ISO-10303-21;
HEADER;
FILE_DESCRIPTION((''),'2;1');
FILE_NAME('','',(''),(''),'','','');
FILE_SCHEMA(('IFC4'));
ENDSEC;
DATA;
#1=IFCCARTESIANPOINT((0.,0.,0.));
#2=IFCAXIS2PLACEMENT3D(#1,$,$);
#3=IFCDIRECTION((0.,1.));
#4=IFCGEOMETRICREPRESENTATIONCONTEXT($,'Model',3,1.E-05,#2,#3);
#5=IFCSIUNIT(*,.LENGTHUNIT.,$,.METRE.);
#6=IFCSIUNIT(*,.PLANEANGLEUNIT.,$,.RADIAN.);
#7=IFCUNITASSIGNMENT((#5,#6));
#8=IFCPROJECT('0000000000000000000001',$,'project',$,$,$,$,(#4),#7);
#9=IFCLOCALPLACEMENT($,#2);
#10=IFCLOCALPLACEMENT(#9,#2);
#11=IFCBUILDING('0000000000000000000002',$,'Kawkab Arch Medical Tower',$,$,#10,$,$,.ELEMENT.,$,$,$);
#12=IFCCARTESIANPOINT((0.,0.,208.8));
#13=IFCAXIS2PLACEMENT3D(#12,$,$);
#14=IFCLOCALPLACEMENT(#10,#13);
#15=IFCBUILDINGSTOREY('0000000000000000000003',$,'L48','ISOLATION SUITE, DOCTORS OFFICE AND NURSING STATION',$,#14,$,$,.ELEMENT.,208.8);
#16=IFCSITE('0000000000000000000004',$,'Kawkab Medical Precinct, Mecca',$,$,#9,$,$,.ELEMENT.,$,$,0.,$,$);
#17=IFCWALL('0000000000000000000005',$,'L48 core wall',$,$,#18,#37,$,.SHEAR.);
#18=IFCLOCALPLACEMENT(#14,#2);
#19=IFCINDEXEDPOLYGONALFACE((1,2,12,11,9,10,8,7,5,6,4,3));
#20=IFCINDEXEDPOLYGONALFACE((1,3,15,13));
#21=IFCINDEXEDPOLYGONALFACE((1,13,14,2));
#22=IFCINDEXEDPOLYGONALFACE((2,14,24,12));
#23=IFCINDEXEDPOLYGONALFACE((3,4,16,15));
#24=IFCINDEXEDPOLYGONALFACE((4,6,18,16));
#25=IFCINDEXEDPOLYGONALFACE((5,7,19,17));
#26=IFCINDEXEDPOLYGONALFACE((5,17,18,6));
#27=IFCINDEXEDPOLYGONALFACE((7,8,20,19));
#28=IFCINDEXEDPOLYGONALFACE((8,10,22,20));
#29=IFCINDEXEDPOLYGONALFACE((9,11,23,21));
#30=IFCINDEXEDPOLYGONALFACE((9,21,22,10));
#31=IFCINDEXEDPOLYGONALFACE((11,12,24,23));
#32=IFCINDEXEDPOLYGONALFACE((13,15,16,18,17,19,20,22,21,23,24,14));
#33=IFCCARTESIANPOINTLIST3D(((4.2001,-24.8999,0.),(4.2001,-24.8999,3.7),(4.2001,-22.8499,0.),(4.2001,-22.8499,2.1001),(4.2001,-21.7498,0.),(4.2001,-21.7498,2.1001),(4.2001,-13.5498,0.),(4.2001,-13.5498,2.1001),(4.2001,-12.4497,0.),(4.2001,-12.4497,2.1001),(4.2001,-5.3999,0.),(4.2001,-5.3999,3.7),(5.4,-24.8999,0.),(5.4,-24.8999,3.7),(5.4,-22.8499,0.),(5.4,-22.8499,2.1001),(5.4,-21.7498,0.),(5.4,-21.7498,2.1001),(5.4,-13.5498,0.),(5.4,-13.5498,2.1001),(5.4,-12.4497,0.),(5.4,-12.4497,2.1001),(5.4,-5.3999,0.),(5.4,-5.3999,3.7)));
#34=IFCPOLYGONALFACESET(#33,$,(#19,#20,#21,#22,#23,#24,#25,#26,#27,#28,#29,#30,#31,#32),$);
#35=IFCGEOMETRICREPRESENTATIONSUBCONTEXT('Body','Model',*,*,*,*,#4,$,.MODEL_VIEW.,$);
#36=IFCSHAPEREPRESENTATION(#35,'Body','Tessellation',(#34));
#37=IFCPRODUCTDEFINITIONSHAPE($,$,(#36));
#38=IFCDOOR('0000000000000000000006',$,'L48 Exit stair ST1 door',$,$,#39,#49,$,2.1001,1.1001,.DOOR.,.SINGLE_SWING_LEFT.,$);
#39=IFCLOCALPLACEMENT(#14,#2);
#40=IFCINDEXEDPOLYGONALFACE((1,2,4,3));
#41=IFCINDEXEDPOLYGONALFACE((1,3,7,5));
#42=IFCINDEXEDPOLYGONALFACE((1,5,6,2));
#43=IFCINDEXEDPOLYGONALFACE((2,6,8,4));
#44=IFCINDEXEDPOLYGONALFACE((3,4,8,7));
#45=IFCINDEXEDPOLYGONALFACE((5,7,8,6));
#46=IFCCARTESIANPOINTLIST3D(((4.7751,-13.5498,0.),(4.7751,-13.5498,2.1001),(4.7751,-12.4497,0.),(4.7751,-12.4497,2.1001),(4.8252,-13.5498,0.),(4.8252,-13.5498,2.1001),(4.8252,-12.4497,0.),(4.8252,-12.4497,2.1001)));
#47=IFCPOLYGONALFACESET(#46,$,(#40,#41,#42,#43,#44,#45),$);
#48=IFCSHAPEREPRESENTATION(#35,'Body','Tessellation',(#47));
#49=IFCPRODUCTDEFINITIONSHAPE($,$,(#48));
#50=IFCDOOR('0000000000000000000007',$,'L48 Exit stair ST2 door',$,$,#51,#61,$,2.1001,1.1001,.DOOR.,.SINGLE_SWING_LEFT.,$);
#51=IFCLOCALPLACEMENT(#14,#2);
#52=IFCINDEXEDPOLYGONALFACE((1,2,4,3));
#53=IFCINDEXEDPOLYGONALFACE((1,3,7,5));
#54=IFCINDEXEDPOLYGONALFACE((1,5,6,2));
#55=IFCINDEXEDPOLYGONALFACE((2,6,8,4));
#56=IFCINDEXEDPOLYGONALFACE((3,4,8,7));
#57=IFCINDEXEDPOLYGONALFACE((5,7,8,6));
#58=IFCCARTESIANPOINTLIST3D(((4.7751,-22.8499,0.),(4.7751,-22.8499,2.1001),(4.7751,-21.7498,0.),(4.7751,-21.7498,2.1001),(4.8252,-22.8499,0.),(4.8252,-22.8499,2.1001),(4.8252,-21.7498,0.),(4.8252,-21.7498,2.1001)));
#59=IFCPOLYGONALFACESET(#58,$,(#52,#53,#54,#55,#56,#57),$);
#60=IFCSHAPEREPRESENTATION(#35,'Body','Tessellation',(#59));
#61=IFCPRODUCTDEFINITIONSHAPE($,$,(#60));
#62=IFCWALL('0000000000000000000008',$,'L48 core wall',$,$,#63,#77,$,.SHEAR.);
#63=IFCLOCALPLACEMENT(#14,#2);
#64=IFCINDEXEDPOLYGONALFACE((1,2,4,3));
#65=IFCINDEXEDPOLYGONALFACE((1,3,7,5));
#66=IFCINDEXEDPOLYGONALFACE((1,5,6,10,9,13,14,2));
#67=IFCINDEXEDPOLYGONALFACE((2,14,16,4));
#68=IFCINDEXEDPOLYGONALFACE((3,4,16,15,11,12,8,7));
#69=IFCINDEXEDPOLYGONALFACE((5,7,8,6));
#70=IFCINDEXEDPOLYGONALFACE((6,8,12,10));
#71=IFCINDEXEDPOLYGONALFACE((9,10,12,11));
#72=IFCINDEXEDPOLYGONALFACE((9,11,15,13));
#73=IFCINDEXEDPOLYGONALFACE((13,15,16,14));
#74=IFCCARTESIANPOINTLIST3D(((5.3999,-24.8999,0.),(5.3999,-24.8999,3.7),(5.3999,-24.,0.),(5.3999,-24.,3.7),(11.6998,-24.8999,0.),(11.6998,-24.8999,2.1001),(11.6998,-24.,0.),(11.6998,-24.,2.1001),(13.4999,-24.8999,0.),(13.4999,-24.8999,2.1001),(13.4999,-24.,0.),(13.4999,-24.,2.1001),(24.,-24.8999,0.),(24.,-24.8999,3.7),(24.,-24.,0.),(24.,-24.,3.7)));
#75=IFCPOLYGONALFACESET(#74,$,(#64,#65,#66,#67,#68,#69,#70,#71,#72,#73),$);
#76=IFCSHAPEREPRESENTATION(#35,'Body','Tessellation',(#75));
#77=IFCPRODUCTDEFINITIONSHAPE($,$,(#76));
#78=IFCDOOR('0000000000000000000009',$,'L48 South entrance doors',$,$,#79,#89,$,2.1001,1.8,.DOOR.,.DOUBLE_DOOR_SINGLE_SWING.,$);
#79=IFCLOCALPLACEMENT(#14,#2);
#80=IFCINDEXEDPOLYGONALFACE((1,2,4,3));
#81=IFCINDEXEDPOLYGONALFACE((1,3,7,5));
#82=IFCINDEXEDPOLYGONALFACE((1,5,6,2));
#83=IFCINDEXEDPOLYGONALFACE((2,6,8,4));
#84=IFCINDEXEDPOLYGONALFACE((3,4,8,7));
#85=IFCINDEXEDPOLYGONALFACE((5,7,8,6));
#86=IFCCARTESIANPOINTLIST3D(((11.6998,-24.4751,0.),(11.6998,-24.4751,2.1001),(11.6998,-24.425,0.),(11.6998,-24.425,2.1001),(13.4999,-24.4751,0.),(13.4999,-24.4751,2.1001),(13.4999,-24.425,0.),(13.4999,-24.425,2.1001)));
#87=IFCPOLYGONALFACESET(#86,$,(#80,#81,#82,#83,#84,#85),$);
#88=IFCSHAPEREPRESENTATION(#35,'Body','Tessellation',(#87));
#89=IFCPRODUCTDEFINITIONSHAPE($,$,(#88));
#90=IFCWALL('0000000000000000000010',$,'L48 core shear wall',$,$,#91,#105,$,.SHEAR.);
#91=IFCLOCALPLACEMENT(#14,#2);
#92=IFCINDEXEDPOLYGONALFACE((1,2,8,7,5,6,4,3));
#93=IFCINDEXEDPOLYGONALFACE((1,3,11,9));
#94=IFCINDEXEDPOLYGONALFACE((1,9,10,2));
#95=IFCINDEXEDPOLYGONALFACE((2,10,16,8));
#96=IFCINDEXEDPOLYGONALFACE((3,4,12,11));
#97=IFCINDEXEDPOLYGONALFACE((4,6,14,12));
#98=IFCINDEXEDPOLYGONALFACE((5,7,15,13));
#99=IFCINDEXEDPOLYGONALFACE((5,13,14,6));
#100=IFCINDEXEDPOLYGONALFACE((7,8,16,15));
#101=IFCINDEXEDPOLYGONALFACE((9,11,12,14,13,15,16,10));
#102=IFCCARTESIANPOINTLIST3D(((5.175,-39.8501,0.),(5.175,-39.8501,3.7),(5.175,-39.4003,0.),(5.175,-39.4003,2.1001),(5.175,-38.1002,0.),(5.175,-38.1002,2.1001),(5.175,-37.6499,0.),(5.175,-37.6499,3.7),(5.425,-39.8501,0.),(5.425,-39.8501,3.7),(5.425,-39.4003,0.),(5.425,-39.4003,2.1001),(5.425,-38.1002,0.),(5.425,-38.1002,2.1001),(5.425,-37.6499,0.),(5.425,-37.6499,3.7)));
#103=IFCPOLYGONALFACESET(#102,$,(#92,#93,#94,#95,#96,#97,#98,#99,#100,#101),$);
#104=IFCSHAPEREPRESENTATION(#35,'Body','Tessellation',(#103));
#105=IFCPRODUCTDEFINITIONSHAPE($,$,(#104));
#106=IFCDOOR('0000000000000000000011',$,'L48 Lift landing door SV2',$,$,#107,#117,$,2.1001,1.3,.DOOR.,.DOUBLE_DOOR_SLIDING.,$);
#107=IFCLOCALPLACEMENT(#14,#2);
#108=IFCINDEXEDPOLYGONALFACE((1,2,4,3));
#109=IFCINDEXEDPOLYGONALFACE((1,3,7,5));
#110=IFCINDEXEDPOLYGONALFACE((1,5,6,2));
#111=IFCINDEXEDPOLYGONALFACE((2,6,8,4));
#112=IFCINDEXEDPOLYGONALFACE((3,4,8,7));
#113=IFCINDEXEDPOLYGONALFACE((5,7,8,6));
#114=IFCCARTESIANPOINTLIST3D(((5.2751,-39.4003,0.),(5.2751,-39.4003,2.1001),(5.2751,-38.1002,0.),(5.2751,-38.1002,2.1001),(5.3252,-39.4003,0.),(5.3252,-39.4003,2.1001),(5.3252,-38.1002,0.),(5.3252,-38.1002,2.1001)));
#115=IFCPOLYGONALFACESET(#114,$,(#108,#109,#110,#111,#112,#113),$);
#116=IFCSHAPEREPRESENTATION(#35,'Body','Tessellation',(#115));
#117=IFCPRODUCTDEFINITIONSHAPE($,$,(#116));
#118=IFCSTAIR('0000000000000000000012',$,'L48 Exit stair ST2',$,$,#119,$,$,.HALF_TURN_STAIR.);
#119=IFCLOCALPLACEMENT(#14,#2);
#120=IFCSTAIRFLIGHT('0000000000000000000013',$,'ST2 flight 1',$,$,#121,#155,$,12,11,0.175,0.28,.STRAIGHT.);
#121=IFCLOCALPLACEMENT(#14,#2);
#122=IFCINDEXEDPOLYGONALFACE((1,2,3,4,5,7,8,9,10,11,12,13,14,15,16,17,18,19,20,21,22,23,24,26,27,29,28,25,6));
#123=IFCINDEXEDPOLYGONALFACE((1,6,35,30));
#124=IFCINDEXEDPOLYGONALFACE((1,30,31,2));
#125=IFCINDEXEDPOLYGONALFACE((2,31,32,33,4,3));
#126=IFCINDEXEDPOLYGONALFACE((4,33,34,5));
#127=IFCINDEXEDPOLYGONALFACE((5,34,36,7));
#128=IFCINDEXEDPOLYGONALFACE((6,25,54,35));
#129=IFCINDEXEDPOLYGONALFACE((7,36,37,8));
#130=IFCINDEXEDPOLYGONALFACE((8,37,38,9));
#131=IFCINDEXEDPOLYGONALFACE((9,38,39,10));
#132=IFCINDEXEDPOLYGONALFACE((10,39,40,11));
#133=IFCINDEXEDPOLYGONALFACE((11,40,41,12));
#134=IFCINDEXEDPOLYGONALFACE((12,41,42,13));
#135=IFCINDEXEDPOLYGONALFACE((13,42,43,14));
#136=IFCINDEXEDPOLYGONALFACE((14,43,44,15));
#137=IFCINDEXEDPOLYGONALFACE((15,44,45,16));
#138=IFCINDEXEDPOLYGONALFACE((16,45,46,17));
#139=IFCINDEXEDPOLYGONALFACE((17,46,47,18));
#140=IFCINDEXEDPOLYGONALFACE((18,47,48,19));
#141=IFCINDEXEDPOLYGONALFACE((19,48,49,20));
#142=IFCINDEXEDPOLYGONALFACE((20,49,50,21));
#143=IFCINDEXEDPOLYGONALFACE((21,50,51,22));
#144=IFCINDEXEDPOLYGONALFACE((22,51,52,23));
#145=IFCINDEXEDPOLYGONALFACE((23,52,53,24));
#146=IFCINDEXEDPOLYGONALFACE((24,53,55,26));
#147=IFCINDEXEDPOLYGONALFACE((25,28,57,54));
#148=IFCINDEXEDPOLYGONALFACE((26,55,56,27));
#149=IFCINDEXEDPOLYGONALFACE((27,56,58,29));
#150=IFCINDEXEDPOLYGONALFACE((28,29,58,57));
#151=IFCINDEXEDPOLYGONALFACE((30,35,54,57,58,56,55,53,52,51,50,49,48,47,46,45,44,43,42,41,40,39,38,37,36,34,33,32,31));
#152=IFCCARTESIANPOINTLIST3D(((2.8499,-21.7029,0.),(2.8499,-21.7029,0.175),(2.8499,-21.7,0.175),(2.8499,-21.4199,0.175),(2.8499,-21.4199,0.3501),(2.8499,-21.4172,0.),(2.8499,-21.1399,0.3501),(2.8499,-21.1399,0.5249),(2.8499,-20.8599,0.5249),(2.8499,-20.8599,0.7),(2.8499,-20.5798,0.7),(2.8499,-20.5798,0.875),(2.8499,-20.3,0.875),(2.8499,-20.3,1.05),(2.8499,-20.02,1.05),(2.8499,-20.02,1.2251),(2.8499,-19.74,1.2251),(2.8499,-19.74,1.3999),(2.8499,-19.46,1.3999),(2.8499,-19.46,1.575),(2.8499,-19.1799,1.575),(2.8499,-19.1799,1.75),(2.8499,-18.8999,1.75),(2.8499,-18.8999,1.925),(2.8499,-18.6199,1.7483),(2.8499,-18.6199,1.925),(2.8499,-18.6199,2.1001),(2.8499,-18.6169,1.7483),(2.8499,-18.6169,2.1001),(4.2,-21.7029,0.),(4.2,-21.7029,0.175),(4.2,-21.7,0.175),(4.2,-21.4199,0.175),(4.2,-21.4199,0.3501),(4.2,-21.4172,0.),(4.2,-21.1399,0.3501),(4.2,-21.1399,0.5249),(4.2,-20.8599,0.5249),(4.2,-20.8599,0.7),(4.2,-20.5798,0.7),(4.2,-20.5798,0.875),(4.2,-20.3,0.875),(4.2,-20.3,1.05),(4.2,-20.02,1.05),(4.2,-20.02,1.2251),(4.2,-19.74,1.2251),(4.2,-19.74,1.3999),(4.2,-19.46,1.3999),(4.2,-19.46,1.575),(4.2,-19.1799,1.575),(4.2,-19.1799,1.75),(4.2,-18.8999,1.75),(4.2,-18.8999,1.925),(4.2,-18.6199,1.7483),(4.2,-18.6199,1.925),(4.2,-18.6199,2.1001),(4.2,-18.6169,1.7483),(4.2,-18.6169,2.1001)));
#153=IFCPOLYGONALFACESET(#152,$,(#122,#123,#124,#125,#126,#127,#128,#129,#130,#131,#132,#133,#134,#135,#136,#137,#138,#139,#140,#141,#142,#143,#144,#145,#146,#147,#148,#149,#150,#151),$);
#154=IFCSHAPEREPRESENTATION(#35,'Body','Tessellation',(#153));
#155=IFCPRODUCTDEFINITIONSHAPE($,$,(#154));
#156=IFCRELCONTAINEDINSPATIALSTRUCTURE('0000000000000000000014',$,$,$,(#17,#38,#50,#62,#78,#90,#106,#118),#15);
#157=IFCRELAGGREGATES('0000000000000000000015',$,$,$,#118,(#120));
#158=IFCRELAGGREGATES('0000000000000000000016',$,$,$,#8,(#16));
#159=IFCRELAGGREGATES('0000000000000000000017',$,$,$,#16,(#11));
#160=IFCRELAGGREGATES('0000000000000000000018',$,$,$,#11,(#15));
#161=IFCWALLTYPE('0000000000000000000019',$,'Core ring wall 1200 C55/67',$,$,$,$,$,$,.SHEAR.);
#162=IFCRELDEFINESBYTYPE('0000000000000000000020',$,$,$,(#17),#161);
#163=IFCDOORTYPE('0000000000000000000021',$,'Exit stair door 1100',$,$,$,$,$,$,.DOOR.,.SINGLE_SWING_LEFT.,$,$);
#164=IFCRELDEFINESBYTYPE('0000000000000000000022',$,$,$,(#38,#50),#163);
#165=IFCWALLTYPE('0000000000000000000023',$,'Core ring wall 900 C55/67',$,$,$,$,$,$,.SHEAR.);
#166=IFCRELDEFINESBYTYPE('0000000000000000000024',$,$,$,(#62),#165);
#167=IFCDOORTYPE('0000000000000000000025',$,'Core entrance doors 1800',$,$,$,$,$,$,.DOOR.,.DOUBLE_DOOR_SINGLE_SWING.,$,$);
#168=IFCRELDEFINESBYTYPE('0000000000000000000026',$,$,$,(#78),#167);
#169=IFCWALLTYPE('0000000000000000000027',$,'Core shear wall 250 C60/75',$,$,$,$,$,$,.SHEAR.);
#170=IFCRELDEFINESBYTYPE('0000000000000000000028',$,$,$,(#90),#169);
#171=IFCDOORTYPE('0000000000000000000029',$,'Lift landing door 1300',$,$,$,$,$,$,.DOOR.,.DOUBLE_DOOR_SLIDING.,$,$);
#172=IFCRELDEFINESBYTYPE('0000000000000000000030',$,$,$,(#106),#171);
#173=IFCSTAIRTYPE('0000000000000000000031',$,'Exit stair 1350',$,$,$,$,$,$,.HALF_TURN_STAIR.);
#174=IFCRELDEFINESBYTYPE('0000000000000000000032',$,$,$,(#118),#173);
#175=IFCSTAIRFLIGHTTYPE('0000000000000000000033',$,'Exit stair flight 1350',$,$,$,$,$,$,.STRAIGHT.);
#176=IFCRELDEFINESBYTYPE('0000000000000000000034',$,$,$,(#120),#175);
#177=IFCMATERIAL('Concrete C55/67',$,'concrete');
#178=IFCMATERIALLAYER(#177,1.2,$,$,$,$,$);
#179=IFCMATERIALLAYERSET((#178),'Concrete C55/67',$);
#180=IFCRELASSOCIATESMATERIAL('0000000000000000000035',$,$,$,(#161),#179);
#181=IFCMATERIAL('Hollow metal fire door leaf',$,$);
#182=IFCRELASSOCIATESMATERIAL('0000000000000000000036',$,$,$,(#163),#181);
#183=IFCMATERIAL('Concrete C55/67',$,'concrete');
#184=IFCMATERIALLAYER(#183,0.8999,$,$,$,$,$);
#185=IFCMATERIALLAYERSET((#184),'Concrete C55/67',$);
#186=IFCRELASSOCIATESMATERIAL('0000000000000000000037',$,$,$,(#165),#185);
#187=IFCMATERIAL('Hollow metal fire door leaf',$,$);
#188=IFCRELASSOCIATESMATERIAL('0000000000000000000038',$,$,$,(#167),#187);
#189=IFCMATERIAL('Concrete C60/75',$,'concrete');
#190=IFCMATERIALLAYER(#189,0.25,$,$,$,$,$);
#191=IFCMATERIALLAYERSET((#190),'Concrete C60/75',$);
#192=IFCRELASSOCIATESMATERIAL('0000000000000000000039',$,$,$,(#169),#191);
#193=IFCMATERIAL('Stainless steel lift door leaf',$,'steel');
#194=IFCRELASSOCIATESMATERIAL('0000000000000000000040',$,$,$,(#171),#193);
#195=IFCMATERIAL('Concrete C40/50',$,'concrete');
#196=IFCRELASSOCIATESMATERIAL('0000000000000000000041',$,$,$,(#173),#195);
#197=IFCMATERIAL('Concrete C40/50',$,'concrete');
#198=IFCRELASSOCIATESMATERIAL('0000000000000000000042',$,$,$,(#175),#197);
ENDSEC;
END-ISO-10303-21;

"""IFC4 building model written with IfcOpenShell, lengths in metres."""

from ifc_helpers import new_model, si_unit, direction, frame, frame_2d, origin, place, context, subcontext, project, spatial, polyline, rectangle, outline, extrude, material, layer, layer_set, type_object, element, fill, aggregate, save


model = new_model("IFC4")

# Units and contexts
model_context = context("Model", 3, precision=1e-05, world=origin(), true_north=direction((0.0, 1.0)))
body_context = subcontext(model_context, "Body", "Model", "MODEL_VIEW")
ifc_project = project(units=[si_unit("LENGTHUNIT", "METRE"), si_unit("PLANEANGLEUNIT", "RADIAN")], contexts=[model_context])

# Site, building, storey
site_placement = place(None, origin())
site = spatial("IfcSite", under=ifc_project, at=site_placement, Name="Kawkab Medical Precinct, Mecca", CompositionType="ELEMENT", RefElevation=0.0)
building_placement = place(site_placement, origin())
building = spatial("IfcBuilding", under=site, at=building_placement, Name="Kawkab Arch Medical Tower", CompositionType="ELEMENT")
storey_placement = place(building_placement, frame((0.0, 0.0, 208.8)))
storey = spatial("IfcBuildingStorey", under=building, at=storey_placement, Name="L48", Description="ISOLATION SUITE, DOCTORS OFFICE AND NURSING STATION", CompositionType="ELEMENT", Elevation=208.8)

# Wall, openings, doors
ifc_material_1 = material(Name="Concrete C55/67", Category="concrete")
ifc_layer_1 = layer(ifc_material_1, 1.2)
ifc_layer_set_1 = layer_set([ifc_layer_1], Name="Concrete C55/67")
wall_type_1 = type_object("IfcWallType", Name="Core ring wall 1200 C55/67", PredefinedType="SHEAR", material=ifc_layer_set_1)
wall_1_placement = place(storey_placement, frame((4.8, -24.8999, 0.0), z_axis=(0.0, 0.0, 1.0), x_axis=(0.0, 1.0, 0.0)))
wall_1 = element("IfcWall", 1, at=wall_1_placement, inside=storey, type_object=wall_type_1, Name="L48 core wall", PredefinedType="SHEAR", context=body_context, shape_type="SweptSolid", body=[
    extrude(rectangle(XDim=19.5, YDim=1.2, at=frame_2d((9.75, 0.0))), origin(), (0.0, 0.0, 1.0), 3.7),
])
opening_1_placement = place(wall_1_placement, frame((11.3501, 0.0, 0.0)))
opening_1 = element("IfcOpeningElement", 2, at=opening_1_placement, cuts=wall_1, PredefinedType="OPENING", context=body_context, shape_type="SweptSolid", body=[
    extrude(rectangle(XDim=1.1001, YDim=2.1001, at=frame_2d((0.55, 1.05))), frame((0.0, 0.6099, 0.0), z_axis=(0.0, -1.0, 0.0), x_axis=(1.0, 0.0, 0.0)), (0.0, 0.0, 1.0), 1.22),
])
opening_2_placement = place(wall_1_placement, frame((2.05, 0.0, 0.0)))
opening_2 = element("IfcOpeningElement", 3, at=opening_2_placement, cuts=wall_1, PredefinedType="OPENING", context=body_context, shape_type="SweptSolid", body=[
    extrude(rectangle(XDim=1.1001, YDim=2.1001, at=frame_2d((0.55, 1.05))), frame((0.0, 0.6099, 0.0), z_axis=(0.0, -1.0, 0.0), x_axis=(1.0, 0.0, 0.0)), (0.0, 0.0, 1.0), 1.22),
])
ifc_material_2 = material(Name="Hollow metal fire door leaf")
door_type_1 = type_object("IfcDoorType", Name="Exit stair door 1100", OperationType="SINGLE_SWING_LEFT", PredefinedType="DOOR", material=ifc_material_2)
door_1_placement = place(opening_1_placement, origin())
door_1 = element("IfcDoor", 4, at=door_1_placement, inside=storey, type_object=door_type_1, Name="L48 Exit stair ST1 door", OperationType="SINGLE_SWING_LEFT", OverallHeight=2.1001, OverallWidth=1.1001, PredefinedType="DOOR", context=body_context, shape_type="SweptSolid", body=[
    extrude(rectangle(XDim=1.1001, YDim=2.1001, at=frame_2d((0.55, 1.05))), frame((0.0, 0.0249, 0.0), z_axis=(0.0, -1.0, 0.0), x_axis=(1.0, 0.0, 0.0)), (0.0, 0.0, 1.0), 0.05),
])
fill(opening_1, door_1)
door_2_placement = place(opening_2_placement, origin())
door_2 = element("IfcDoor", 5, at=door_2_placement, inside=storey, type_object=door_type_1, Name="L48 Exit stair ST2 door", OperationType="SINGLE_SWING_LEFT", OverallHeight=2.1001, OverallWidth=1.1001, PredefinedType="DOOR", context=body_context, shape_type="SweptSolid", body=[
    extrude(rectangle(XDim=1.1001, YDim=2.1001, at=frame_2d((0.55, 1.05))), frame((0.0, 0.0249, 0.0), z_axis=(0.0, -1.0, 0.0), x_axis=(1.0, 0.0, 0.0)), (0.0, 0.0, 1.0), 0.05),
])
fill(opening_2, door_2)

# Walls, openings, doors
ifc_material_3 = material(Name="Concrete C55/67", Category="concrete")
ifc_layer_2 = layer(ifc_material_3, 0.8999)
ifc_layer_set_2 = layer_set([ifc_layer_2], Name="Concrete C55/67")
wall_type_2 = type_object("IfcWallType", Name="Core ring wall 900 C55/67", PredefinedType="SHEAR", material=ifc_layer_set_2)
wall_2_placement = place(storey_placement, frame((5.3999, -24.45, 0.0), z_axis=(0.0, 0.0, 1.0), x_axis=(1.0, 0.0, 0.0)))
wall_2 = element("IfcWall", 6, at=wall_2_placement, inside=storey, type_object=wall_type_2, Name="L48 core wall", PredefinedType="SHEAR", context=body_context, shape_type="SweptSolid", body=[
    extrude(rectangle(XDim=18.6001, YDim=0.8999, at=frame_2d((9.3, 0.0))), origin(), (0.0, 0.0, 1.0), 3.7),
])
opening_3_placement = place(wall_2_placement, frame((6.3, 0.0, 0.0)))
opening_3 = element("IfcOpeningElement", 7, at=opening_3_placement, cuts=wall_2, PredefinedType="OPENING", context=body_context, shape_type="SweptSolid", body=[
    extrude(rectangle(XDim=1.8, YDim=2.1001, at=frame_2d((0.8999, 1.05))), frame((0.0, 0.46, 0.0), z_axis=(0.0, -1.0, 0.0), x_axis=(1.0, 0.0, 0.0)), (0.0, 0.0, 1.0), 0.9199),
])
ifc_material_4 = material(Name="Hollow metal fire door leaf")
door_type_2 = type_object("IfcDoorType", Name="Core entrance doors 1800", OperationType="DOUBLE_DOOR_SINGLE_SWING", PredefinedType="DOOR", material=ifc_material_4)
door_3_placement = place(opening_3_placement, origin())
door_3 = element("IfcDoor", 8, at=door_3_placement, inside=storey, type_object=door_type_2, Name="L48 South entrance doors", OperationType="DOUBLE_DOOR_SINGLE_SWING", OverallHeight=2.1001, OverallWidth=1.8, PredefinedType="DOOR", context=body_context, shape_type="SweptSolid", body=[
    extrude(rectangle(XDim=1.8, YDim=2.1001, at=frame_2d((0.8999, 1.05))), frame((0.0, 0.0249, 0.0), z_axis=(0.0, -1.0, 0.0), x_axis=(1.0, 0.0, 0.0)), (0.0, 0.0, 1.0), 0.05),
])
fill(opening_3, door_3)
ifc_material_5 = material(Name="Concrete C60/75", Category="concrete")
ifc_layer_3 = layer(ifc_material_5, 0.25)
ifc_layer_set_3 = layer_set([ifc_layer_3], Name="Concrete C60/75")
wall_type_3 = type_object("IfcWallType", Name="Core shear wall 250 C60/75", PredefinedType="SHEAR", material=ifc_layer_set_3)
wall_3_placement = place(storey_placement, frame((5.3, -39.8501, 0.0), z_axis=(0.0, 0.0, 1.0), x_axis=(0.0, 1.0, 0.0)))
wall_3 = element("IfcWall", 9, at=wall_3_placement, inside=storey, type_object=wall_type_3, Name="L48 core shear wall", PredefinedType="SHEAR", context=body_context, shape_type="SweptSolid", body=[
    extrude(rectangle(XDim=2.2002, YDim=0.25, at=frame_2d((1.1001, 0.0))), origin(), (0.0, 0.0, 1.0), 3.7),
])
opening_4_placement = place(wall_3_placement, frame((0.45, 0.0, 0.0)))
opening_4 = element("IfcOpeningElement", 10, at=opening_4_placement, cuts=wall_3, PredefinedType="OPENING", context=body_context, shape_type="SweptSolid", body=[
    extrude(rectangle(XDim=1.3, YDim=2.1001, at=frame_2d((0.6499, 1.05))), frame((0.0, 0.135, 0.0), z_axis=(0.0, -1.0, 0.0), x_axis=(1.0, 0.0, 0.0)), (0.0, 0.0, 1.0), 0.27),
])
ifc_material_6 = material(Name="Stainless steel lift door leaf", Category="steel")
door_type_3 = type_object("IfcDoorType", Name="Lift landing door 1300", OperationType="DOUBLE_DOOR_SLIDING", PredefinedType="DOOR", material=ifc_material_6)
door_4_placement = place(opening_4_placement, origin())
door_4 = element("IfcDoor", 11, at=door_4_placement, inside=storey, type_object=door_type_3, Name="L48 Lift landing door SV2", OperationType="DOUBLE_DOOR_SLIDING", OverallHeight=2.1001, OverallWidth=1.3, PredefinedType="DOOR", context=body_context, shape_type="SweptSolid", body=[
    extrude(rectangle(XDim=1.3, YDim=2.1001, at=frame_2d((0.6499, 1.05))), frame((0.0, 0.0249, 0.0), z_axis=(0.0, -1.0, 0.0), x_axis=(1.0, 0.0, 0.0)), (0.0, 0.0, 1.0), 0.05),
])
fill(opening_4, door_4)

# Stair, stair flight
ifc_material_7 = material(Name="Concrete C40/50", Category="concrete")
stair_type = type_object("IfcStairType", Name="Exit stair 1350", PredefinedType="HALF_TURN_STAIR", material=ifc_material_7)
placement = place(storey_placement, origin())
stair_1 = element("IfcStair", 12, at=placement, inside=storey, type_object=stair_type, Name="L48 Exit stair ST2", PredefinedType="HALF_TURN_STAIR")
ifc_material_8 = material(Name="Concrete C40/50", Category="concrete")
stair_flight_type = type_object("IfcStairFlightType", Name="Exit stair flight 1350", PredefinedType="STRAIGHT", material=ifc_material_8)
stair_flight_1_placement = place(storey_placement, frame((3.5249, -21.7, 0.0), z_axis=(0.0, 0.0, 1.0), x_axis=(0.0, 1.0, 0.0)))
stair_flight_1 = element("IfcStairFlight", 13, at=stair_flight_1_placement, type_object=stair_flight_type, Name="ST2 flight 1", NumberOfRisers=12, NumberOfTreads=11, PredefinedType="STRAIGHT", RiserHeight=0.175, TreadLength=0.28, context=body_context, shape_type="SweptSolid", body=[
    extrude(outline(polyline([(-0.0029, 0.0), (-0.0029, 0.175), (0.0, 0.175), (0.28, 0.175), (0.28, 0.3501), (0.5601, 0.3501), (0.5601, 0.5249), (0.8401, 0.5249), (0.8401, 0.7), (1.1201, 0.7), (1.1201, 0.875), (1.3999, 0.875), (1.3999, 1.05), (1.6799, 1.05), (1.6799, 1.2251), (1.96, 1.2251), (1.96, 1.3999), (2.24, 1.3999), (2.24, 1.575), (2.52, 1.575), (2.52, 1.75), (2.8, 1.75), (2.8, 1.925), (3.0801, 1.925), (3.0801, 2.1001), (3.083, 2.1001), (3.083, 1.7483), (3.0801, 1.7483), (0.2827, 0.0), (-0.0029, 0.0)])), frame((0.0, 0.675, 0.0), z_axis=(0.0, -1.0, 0.0), x_axis=(1.0, 0.0, 0.0)), (0.0, 0.0, 1.0), 1.3501),
])
aggregate(stair_1, [stair_flight_1])

save(model, "model.ifc")
